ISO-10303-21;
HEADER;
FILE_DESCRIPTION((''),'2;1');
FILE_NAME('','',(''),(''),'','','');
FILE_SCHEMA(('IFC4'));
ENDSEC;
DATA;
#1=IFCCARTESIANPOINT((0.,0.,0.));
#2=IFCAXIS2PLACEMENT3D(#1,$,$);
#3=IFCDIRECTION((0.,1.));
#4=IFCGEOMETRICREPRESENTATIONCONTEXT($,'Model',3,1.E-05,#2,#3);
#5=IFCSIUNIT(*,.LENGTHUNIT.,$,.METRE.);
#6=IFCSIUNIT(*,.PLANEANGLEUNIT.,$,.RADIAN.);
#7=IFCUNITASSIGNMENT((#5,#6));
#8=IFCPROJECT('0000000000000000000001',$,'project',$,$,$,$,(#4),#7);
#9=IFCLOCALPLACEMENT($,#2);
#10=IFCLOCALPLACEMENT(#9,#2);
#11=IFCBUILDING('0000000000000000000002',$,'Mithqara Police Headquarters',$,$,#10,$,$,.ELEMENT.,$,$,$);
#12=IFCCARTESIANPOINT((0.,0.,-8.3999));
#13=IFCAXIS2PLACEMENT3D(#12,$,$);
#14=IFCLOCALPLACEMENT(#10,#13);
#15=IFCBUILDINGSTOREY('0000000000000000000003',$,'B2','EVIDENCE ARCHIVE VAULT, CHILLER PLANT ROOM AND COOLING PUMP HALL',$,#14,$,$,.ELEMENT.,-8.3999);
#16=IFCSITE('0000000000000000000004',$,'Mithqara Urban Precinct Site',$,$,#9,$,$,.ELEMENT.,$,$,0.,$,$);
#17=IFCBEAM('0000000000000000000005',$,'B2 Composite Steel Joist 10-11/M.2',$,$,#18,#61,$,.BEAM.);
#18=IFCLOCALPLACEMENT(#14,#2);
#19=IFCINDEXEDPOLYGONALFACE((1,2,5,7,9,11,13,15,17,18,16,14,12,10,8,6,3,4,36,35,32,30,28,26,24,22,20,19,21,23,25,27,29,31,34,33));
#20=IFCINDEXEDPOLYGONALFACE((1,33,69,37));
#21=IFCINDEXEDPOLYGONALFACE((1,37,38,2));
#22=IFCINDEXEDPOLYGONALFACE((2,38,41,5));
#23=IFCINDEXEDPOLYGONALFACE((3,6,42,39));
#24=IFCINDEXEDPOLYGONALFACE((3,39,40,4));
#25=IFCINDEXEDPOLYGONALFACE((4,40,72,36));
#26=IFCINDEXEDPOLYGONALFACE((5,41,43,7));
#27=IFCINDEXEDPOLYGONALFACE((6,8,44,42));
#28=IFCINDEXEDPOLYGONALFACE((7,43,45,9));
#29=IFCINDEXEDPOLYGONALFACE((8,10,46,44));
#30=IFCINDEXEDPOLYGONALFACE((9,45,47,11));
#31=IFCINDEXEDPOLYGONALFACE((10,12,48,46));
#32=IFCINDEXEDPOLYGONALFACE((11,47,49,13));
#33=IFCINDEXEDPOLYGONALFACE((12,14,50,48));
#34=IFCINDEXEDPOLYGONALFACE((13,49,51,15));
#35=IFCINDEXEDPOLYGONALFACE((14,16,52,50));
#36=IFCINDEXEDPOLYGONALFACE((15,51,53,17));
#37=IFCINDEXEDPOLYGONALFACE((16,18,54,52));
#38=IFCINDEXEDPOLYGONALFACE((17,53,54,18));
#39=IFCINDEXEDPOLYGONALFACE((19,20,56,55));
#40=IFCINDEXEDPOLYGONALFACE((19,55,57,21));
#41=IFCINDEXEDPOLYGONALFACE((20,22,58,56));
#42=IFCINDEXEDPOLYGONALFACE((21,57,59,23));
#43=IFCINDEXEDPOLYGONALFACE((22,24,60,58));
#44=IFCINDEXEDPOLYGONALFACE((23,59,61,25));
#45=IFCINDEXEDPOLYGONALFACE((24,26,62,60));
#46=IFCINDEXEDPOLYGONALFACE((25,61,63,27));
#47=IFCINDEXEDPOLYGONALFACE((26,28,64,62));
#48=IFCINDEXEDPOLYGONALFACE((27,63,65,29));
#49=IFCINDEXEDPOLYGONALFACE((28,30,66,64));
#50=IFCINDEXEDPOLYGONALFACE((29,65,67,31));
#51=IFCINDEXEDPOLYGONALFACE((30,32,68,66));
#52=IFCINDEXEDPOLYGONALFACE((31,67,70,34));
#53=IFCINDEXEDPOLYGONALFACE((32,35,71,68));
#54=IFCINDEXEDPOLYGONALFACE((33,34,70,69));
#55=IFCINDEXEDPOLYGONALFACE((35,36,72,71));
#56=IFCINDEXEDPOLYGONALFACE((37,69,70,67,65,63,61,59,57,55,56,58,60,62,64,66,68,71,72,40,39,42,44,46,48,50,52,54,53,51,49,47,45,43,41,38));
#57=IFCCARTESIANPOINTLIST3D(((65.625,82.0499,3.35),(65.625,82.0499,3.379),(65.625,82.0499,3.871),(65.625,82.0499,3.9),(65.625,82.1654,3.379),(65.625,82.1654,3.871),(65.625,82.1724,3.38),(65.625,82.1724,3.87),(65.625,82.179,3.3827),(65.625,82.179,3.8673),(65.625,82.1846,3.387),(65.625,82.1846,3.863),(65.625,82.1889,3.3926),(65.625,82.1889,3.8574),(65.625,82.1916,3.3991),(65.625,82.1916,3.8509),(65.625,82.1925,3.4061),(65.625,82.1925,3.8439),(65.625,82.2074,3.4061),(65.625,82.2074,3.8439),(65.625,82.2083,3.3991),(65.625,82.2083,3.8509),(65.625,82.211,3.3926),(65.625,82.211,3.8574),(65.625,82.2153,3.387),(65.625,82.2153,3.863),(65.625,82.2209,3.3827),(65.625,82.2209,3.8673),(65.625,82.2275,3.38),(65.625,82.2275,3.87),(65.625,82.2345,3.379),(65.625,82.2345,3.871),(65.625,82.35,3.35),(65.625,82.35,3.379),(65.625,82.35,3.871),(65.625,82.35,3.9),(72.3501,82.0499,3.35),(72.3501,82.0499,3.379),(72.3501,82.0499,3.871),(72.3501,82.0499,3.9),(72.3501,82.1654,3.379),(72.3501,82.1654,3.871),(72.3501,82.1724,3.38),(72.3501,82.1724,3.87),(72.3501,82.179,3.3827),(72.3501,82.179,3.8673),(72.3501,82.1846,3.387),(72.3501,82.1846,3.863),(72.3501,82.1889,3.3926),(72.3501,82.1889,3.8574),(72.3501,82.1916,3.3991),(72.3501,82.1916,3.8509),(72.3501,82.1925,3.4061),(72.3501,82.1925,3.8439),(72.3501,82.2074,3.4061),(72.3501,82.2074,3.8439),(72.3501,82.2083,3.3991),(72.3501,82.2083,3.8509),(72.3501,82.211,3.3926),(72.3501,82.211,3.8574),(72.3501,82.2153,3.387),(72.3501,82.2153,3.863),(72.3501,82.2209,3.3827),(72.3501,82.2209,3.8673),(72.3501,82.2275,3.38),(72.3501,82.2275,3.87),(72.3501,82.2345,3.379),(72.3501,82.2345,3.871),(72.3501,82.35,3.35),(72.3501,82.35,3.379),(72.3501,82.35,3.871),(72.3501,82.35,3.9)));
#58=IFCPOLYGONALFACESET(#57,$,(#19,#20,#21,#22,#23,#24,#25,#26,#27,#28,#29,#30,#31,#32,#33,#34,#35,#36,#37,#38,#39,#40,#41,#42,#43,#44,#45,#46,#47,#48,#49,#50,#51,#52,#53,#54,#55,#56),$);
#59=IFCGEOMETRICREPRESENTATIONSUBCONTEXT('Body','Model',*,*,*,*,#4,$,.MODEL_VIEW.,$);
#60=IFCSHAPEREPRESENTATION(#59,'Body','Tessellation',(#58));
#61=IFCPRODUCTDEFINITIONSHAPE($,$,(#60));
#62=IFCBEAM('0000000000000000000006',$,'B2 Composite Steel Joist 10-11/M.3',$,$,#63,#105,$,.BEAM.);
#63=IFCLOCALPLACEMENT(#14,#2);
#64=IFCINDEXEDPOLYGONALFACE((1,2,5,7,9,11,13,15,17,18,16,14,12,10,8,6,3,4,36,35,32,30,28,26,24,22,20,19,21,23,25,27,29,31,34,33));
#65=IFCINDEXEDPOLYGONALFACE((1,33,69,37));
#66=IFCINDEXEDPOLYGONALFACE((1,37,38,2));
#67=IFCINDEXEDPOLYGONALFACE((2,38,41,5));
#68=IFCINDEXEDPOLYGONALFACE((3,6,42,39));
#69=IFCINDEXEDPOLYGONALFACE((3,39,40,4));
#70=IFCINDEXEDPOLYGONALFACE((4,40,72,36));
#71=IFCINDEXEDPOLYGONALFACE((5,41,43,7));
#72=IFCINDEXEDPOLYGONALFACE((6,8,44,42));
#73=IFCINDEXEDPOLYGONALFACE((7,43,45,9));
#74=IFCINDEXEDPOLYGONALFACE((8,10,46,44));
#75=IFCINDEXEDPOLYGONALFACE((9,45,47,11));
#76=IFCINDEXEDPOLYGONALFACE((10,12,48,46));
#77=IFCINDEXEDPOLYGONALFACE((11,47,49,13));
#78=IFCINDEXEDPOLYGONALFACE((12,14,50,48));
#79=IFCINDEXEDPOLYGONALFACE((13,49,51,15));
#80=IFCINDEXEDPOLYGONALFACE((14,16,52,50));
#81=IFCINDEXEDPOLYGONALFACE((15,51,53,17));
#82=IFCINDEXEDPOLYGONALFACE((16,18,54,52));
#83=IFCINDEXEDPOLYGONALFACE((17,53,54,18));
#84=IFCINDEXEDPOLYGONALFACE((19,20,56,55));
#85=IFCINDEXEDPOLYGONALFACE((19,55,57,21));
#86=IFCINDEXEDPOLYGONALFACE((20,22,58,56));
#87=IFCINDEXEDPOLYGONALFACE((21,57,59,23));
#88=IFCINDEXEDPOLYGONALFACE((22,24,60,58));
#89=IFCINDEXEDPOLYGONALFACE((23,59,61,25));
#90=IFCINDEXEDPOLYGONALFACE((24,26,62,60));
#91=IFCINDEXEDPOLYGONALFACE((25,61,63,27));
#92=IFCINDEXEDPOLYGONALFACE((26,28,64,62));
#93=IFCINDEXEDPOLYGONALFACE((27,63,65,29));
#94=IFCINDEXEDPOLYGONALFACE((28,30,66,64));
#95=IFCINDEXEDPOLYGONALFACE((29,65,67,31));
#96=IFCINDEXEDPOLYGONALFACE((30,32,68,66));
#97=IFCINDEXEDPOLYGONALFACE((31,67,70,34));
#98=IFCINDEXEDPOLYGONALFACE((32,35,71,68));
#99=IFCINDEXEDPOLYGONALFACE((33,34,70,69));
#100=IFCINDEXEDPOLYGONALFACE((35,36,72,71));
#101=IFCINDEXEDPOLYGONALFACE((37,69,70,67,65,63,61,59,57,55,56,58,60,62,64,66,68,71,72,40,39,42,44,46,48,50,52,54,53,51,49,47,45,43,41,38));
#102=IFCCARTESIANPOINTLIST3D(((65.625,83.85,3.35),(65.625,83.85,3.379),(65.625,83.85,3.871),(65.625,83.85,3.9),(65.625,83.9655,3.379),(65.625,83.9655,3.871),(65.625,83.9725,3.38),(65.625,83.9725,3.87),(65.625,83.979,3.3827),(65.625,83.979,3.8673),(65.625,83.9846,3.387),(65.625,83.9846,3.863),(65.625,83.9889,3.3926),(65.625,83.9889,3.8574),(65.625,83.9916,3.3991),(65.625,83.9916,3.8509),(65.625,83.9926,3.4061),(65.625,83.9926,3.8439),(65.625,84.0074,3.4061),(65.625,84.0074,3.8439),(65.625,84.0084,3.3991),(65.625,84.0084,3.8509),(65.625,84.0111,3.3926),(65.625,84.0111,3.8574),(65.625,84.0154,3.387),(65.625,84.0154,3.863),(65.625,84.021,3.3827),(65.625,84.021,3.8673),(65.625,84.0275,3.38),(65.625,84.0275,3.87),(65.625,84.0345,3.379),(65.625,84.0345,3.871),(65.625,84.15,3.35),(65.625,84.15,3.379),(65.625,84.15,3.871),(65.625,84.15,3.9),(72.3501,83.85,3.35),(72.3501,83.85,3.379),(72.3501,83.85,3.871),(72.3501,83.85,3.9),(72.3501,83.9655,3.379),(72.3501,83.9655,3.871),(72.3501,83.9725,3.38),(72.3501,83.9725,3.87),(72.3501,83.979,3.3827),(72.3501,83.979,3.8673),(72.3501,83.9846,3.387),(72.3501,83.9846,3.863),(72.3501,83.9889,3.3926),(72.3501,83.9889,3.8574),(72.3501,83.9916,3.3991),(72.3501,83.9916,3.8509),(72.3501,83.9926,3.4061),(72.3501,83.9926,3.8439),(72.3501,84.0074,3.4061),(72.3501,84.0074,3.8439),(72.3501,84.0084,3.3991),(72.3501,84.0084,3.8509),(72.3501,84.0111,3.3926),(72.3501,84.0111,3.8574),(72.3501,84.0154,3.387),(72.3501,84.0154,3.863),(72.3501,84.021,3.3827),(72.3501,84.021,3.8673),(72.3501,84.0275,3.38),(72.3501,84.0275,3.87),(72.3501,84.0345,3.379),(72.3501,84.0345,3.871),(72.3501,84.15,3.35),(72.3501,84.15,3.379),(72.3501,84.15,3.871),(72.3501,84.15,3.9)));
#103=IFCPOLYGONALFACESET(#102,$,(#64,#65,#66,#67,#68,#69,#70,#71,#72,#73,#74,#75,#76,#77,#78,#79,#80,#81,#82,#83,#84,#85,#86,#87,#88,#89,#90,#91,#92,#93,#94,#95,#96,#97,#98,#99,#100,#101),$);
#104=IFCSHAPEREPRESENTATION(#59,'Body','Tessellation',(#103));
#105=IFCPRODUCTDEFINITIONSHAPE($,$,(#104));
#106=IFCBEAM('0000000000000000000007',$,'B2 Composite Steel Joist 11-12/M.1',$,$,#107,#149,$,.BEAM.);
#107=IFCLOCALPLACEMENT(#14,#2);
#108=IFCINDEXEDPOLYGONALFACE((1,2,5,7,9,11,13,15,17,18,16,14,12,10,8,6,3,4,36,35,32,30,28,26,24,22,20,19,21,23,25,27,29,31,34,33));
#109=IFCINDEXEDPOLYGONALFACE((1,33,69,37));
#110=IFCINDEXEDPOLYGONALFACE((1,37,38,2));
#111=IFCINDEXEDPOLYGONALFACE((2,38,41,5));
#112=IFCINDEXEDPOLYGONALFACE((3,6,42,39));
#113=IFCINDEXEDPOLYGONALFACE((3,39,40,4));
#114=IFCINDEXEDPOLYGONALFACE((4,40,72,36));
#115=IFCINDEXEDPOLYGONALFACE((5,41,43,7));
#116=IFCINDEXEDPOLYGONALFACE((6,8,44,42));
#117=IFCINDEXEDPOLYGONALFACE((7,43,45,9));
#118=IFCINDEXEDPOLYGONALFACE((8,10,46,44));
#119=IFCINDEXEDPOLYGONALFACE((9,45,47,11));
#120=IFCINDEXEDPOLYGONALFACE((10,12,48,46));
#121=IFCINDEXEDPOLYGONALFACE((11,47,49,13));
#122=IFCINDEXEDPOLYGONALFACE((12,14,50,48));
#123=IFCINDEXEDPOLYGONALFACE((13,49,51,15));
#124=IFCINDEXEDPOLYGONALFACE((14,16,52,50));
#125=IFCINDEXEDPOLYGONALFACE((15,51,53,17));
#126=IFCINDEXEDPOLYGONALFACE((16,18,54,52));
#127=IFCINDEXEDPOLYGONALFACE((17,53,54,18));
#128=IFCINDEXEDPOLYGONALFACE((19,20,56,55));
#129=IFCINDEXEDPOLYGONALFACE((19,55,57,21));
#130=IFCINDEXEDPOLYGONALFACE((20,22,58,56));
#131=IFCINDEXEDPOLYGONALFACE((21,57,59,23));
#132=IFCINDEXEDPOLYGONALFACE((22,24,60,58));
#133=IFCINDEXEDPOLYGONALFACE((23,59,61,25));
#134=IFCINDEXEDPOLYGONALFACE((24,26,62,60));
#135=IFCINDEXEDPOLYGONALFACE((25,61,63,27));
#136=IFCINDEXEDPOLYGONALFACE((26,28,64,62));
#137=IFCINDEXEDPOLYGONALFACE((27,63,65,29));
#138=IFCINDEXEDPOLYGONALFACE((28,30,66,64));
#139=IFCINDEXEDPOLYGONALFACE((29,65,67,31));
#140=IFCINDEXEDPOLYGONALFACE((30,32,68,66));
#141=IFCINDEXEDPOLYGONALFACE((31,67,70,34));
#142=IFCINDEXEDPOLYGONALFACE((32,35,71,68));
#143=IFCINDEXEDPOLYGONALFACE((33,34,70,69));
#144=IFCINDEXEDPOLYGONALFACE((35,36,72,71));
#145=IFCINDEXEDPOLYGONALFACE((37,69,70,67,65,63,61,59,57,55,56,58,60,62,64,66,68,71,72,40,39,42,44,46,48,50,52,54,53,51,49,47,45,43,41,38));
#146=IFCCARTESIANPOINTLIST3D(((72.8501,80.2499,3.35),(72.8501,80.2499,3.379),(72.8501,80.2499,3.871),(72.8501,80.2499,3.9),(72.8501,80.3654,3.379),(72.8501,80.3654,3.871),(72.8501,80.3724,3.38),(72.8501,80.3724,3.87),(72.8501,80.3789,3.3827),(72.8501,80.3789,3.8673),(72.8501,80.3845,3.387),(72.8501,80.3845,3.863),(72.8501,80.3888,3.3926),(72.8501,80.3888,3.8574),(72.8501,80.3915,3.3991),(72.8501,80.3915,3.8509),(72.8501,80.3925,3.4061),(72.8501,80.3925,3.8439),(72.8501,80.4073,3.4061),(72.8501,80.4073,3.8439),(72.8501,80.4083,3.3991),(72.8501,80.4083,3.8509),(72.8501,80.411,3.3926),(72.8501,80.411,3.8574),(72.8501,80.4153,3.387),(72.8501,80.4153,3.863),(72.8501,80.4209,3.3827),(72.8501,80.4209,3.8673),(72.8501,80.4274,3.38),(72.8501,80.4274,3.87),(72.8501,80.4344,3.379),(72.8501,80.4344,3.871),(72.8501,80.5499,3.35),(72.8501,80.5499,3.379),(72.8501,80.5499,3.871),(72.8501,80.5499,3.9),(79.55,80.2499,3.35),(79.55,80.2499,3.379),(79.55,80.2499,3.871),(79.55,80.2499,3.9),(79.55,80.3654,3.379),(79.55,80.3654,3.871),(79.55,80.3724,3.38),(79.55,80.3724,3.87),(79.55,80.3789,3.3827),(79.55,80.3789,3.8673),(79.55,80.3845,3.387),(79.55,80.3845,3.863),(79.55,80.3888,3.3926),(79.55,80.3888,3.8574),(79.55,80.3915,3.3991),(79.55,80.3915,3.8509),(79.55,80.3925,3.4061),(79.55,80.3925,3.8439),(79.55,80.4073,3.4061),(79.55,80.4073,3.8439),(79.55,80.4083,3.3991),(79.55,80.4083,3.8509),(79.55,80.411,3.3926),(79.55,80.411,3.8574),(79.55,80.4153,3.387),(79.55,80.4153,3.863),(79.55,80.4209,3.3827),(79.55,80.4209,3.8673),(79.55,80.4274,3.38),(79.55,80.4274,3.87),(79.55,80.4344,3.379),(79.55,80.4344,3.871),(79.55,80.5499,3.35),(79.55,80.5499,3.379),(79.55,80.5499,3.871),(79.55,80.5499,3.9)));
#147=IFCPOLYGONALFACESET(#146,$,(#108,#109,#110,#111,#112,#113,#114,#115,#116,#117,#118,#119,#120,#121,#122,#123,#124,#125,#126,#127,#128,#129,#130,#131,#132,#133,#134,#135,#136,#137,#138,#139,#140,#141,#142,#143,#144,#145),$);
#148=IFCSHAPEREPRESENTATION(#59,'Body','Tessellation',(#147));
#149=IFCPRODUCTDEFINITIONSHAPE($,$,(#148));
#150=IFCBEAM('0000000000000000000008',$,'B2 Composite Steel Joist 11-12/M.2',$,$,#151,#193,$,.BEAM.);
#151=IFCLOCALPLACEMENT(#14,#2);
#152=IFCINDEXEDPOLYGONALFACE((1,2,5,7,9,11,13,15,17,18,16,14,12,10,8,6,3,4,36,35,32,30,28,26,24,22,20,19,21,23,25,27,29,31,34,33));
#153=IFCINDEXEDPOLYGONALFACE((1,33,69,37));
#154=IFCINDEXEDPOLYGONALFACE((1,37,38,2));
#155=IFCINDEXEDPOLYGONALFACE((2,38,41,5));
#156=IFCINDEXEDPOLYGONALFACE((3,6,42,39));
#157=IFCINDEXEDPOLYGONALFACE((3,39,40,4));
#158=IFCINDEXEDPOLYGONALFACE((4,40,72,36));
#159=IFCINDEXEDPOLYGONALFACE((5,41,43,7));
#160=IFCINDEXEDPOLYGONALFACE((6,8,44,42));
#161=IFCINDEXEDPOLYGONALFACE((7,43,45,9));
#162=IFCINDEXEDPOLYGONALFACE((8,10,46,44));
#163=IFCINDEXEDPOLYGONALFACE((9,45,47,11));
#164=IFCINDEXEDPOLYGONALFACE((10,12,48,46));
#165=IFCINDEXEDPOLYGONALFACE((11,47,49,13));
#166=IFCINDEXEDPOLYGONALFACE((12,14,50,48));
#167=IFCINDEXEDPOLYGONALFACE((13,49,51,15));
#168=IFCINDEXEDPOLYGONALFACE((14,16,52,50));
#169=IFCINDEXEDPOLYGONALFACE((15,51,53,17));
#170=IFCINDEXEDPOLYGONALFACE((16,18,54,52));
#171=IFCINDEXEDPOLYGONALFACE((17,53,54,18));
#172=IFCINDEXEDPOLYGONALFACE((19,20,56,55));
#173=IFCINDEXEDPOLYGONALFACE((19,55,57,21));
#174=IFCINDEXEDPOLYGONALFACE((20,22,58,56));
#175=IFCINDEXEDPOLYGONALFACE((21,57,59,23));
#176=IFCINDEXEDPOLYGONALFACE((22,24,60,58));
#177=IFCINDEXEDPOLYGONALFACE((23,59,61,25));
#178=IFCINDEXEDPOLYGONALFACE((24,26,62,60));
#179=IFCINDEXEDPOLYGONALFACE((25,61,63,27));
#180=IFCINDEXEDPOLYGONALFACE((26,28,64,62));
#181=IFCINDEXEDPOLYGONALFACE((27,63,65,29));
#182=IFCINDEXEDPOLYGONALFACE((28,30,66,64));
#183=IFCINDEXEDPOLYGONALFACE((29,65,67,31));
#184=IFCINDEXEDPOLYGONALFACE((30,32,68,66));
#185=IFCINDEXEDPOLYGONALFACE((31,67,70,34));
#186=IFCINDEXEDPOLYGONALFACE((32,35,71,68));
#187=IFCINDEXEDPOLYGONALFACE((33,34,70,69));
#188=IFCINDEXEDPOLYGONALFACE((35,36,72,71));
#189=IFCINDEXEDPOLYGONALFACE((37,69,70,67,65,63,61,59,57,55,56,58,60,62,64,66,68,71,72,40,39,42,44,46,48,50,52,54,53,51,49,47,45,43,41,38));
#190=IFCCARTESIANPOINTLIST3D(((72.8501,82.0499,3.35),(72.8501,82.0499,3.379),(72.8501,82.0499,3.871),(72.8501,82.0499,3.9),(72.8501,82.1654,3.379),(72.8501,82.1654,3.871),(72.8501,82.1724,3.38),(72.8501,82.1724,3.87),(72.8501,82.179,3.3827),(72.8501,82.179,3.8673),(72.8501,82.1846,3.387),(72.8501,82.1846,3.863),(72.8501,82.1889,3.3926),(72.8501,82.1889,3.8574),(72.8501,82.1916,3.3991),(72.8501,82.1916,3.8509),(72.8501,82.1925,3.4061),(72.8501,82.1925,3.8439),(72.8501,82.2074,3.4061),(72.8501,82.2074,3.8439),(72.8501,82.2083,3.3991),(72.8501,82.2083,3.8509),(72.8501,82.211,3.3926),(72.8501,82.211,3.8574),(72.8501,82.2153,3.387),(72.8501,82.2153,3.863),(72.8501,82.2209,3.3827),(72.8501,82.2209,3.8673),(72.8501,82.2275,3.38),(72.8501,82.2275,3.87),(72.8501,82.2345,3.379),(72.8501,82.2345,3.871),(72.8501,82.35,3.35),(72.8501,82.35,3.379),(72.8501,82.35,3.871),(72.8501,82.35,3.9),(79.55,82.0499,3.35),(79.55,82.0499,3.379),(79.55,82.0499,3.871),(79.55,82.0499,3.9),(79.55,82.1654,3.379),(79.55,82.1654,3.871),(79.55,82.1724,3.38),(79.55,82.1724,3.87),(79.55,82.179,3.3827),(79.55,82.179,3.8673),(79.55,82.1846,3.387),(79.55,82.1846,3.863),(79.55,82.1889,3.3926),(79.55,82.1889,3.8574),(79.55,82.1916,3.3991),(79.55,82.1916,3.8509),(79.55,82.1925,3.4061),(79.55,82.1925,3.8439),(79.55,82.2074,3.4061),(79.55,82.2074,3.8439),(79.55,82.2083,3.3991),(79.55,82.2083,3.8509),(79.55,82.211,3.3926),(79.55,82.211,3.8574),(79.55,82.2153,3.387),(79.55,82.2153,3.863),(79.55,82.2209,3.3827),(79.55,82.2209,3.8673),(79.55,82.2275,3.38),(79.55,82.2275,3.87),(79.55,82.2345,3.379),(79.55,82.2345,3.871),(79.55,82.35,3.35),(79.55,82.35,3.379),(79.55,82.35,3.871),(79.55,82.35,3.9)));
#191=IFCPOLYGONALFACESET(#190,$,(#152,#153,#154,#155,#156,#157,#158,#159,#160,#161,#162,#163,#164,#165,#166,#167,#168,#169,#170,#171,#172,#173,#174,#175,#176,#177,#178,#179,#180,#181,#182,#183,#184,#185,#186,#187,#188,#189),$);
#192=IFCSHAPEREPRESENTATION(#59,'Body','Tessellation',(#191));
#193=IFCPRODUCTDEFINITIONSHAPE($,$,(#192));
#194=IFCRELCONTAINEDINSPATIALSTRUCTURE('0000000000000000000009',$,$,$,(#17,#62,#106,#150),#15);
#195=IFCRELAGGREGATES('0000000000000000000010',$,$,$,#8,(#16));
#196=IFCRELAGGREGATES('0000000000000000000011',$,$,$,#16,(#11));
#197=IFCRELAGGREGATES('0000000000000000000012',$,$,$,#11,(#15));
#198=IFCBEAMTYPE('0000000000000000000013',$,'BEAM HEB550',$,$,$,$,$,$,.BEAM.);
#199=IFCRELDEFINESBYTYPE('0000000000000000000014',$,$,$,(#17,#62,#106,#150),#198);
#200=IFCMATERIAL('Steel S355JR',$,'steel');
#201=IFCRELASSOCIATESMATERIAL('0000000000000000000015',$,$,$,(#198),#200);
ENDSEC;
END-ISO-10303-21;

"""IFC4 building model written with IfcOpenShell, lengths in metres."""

from ifc_helpers import new_model, si_unit, direction, frame, origin, origin_2d, place, context, subcontext, project, spatial, i_section, extrude, material, material_profile, profile_set, type_object, element, save


model = new_model("IFC4")

# Units and contexts
model_context = context("Model", 3, precision=1e-05, world=origin(), true_north=direction((0.0, 1.0)))
body_context = subcontext(model_context, "Body", "Model", "MODEL_VIEW")
ifc_project = project(units=[si_unit("LENGTHUNIT", "METRE"), si_unit("PLANEANGLEUNIT", "RADIAN")], contexts=[model_context])

# Site, building, storey
site_placement = place(None, origin())
site = spatial("IfcSite", under=ifc_project, at=site_placement, Name="Mithqara Urban Precinct Site", CompositionType="ELEMENT", RefElevation=0.0)
building_placement = place(site_placement, origin())
building = spatial("IfcBuilding", under=site, at=building_placement, Name="Mithqara Police Headquarters", CompositionType="ELEMENT")
storey_placement = place(building_placement, frame((0.0, 0.0, -8.3999)))
storey = spatial("IfcBuildingStorey", under=building, at=storey_placement, Name="B2", Description="EVIDENCE ARCHIVE VAULT, CHILLER PLANT ROOM AND COOLING PUMP HALL", CompositionType="ELEMENT", Elevation=-8.3999)

# Beams
ifc_material_1 = material(Name="Steel S355JR", Category="steel")
ifc_material_profile_1 = material_profile(ifc_material_1, i_section(OverallWidth=0.3, OverallDepth=0.55, WebThickness=0.0149, FlangeThickness=0.0291, FilletRadius=0.0271, at=origin_2d()), Name="HEB 550")
ifc_profile_set_1 = profile_set([ifc_material_profile_1], Name="Steel S355JR")
beam_type_1 = type_object("IfcBeamType", Name="BEAM HEB550", PredefinedType="BEAM", material=ifc_profile_set_1)
for number, where, z_axis, x_axis, name in (
    (1, (65.625, 82.2, 3.625), (1.0, 0.0, 0.0), (0.0, 1.0, 0.0), "B2 Composite Steel Joist 10-11/M.2"),
    (2, (65.625, 84.0, 3.625), (1.0, 0.0, 0.0), (0.0, 1.0, 0.0), "B2 Composite Steel Joist 10-11/M.3"),
):
    element("IfcBeam", number, at=place(storey_placement, frame(where, z_axis=z_axis, x_axis=x_axis)), inside=storey, type_object=beam_type_1, Name=name, PredefinedType="BEAM", context=body_context, shape_type="SweptSolid", body=[
        extrude(i_section(OverallWidth=0.3, OverallDepth=0.55, WebThickness=0.0149, FlangeThickness=0.0291, FilletRadius=0.0271, at=origin_2d()), origin(), (0.0, 0.0, 1.0), 6.7251),
    ])
for number, where, z_axis, x_axis, name in (
    (3, (72.8501, 80.3999, 3.625), (1.0, 0.0, 0.0), (0.0, 1.0, 0.0), "B2 Composite Steel Joist 11-12/M.1"),
    (4, (72.8501, 82.2, 3.625), (1.0, 0.0, 0.0), (0.0, 1.0, 0.0), "B2 Composite Steel Joist 11-12/M.2"),
):
    element("IfcBeam", number, at=place(storey_placement, frame(where, z_axis=z_axis, x_axis=x_axis)), inside=storey, type_object=beam_type_1, Name=name, PredefinedType="BEAM", context=body_context, shape_type="SweptSolid", body=[
        extrude(i_section(OverallWidth=0.3, OverallDepth=0.55, WebThickness=0.0149, FlangeThickness=0.0291, FilletRadius=0.0271, at=origin_2d()), origin(), (0.0, 0.0, 1.0), 6.7),
    ])

save(model, "model.ifc")
